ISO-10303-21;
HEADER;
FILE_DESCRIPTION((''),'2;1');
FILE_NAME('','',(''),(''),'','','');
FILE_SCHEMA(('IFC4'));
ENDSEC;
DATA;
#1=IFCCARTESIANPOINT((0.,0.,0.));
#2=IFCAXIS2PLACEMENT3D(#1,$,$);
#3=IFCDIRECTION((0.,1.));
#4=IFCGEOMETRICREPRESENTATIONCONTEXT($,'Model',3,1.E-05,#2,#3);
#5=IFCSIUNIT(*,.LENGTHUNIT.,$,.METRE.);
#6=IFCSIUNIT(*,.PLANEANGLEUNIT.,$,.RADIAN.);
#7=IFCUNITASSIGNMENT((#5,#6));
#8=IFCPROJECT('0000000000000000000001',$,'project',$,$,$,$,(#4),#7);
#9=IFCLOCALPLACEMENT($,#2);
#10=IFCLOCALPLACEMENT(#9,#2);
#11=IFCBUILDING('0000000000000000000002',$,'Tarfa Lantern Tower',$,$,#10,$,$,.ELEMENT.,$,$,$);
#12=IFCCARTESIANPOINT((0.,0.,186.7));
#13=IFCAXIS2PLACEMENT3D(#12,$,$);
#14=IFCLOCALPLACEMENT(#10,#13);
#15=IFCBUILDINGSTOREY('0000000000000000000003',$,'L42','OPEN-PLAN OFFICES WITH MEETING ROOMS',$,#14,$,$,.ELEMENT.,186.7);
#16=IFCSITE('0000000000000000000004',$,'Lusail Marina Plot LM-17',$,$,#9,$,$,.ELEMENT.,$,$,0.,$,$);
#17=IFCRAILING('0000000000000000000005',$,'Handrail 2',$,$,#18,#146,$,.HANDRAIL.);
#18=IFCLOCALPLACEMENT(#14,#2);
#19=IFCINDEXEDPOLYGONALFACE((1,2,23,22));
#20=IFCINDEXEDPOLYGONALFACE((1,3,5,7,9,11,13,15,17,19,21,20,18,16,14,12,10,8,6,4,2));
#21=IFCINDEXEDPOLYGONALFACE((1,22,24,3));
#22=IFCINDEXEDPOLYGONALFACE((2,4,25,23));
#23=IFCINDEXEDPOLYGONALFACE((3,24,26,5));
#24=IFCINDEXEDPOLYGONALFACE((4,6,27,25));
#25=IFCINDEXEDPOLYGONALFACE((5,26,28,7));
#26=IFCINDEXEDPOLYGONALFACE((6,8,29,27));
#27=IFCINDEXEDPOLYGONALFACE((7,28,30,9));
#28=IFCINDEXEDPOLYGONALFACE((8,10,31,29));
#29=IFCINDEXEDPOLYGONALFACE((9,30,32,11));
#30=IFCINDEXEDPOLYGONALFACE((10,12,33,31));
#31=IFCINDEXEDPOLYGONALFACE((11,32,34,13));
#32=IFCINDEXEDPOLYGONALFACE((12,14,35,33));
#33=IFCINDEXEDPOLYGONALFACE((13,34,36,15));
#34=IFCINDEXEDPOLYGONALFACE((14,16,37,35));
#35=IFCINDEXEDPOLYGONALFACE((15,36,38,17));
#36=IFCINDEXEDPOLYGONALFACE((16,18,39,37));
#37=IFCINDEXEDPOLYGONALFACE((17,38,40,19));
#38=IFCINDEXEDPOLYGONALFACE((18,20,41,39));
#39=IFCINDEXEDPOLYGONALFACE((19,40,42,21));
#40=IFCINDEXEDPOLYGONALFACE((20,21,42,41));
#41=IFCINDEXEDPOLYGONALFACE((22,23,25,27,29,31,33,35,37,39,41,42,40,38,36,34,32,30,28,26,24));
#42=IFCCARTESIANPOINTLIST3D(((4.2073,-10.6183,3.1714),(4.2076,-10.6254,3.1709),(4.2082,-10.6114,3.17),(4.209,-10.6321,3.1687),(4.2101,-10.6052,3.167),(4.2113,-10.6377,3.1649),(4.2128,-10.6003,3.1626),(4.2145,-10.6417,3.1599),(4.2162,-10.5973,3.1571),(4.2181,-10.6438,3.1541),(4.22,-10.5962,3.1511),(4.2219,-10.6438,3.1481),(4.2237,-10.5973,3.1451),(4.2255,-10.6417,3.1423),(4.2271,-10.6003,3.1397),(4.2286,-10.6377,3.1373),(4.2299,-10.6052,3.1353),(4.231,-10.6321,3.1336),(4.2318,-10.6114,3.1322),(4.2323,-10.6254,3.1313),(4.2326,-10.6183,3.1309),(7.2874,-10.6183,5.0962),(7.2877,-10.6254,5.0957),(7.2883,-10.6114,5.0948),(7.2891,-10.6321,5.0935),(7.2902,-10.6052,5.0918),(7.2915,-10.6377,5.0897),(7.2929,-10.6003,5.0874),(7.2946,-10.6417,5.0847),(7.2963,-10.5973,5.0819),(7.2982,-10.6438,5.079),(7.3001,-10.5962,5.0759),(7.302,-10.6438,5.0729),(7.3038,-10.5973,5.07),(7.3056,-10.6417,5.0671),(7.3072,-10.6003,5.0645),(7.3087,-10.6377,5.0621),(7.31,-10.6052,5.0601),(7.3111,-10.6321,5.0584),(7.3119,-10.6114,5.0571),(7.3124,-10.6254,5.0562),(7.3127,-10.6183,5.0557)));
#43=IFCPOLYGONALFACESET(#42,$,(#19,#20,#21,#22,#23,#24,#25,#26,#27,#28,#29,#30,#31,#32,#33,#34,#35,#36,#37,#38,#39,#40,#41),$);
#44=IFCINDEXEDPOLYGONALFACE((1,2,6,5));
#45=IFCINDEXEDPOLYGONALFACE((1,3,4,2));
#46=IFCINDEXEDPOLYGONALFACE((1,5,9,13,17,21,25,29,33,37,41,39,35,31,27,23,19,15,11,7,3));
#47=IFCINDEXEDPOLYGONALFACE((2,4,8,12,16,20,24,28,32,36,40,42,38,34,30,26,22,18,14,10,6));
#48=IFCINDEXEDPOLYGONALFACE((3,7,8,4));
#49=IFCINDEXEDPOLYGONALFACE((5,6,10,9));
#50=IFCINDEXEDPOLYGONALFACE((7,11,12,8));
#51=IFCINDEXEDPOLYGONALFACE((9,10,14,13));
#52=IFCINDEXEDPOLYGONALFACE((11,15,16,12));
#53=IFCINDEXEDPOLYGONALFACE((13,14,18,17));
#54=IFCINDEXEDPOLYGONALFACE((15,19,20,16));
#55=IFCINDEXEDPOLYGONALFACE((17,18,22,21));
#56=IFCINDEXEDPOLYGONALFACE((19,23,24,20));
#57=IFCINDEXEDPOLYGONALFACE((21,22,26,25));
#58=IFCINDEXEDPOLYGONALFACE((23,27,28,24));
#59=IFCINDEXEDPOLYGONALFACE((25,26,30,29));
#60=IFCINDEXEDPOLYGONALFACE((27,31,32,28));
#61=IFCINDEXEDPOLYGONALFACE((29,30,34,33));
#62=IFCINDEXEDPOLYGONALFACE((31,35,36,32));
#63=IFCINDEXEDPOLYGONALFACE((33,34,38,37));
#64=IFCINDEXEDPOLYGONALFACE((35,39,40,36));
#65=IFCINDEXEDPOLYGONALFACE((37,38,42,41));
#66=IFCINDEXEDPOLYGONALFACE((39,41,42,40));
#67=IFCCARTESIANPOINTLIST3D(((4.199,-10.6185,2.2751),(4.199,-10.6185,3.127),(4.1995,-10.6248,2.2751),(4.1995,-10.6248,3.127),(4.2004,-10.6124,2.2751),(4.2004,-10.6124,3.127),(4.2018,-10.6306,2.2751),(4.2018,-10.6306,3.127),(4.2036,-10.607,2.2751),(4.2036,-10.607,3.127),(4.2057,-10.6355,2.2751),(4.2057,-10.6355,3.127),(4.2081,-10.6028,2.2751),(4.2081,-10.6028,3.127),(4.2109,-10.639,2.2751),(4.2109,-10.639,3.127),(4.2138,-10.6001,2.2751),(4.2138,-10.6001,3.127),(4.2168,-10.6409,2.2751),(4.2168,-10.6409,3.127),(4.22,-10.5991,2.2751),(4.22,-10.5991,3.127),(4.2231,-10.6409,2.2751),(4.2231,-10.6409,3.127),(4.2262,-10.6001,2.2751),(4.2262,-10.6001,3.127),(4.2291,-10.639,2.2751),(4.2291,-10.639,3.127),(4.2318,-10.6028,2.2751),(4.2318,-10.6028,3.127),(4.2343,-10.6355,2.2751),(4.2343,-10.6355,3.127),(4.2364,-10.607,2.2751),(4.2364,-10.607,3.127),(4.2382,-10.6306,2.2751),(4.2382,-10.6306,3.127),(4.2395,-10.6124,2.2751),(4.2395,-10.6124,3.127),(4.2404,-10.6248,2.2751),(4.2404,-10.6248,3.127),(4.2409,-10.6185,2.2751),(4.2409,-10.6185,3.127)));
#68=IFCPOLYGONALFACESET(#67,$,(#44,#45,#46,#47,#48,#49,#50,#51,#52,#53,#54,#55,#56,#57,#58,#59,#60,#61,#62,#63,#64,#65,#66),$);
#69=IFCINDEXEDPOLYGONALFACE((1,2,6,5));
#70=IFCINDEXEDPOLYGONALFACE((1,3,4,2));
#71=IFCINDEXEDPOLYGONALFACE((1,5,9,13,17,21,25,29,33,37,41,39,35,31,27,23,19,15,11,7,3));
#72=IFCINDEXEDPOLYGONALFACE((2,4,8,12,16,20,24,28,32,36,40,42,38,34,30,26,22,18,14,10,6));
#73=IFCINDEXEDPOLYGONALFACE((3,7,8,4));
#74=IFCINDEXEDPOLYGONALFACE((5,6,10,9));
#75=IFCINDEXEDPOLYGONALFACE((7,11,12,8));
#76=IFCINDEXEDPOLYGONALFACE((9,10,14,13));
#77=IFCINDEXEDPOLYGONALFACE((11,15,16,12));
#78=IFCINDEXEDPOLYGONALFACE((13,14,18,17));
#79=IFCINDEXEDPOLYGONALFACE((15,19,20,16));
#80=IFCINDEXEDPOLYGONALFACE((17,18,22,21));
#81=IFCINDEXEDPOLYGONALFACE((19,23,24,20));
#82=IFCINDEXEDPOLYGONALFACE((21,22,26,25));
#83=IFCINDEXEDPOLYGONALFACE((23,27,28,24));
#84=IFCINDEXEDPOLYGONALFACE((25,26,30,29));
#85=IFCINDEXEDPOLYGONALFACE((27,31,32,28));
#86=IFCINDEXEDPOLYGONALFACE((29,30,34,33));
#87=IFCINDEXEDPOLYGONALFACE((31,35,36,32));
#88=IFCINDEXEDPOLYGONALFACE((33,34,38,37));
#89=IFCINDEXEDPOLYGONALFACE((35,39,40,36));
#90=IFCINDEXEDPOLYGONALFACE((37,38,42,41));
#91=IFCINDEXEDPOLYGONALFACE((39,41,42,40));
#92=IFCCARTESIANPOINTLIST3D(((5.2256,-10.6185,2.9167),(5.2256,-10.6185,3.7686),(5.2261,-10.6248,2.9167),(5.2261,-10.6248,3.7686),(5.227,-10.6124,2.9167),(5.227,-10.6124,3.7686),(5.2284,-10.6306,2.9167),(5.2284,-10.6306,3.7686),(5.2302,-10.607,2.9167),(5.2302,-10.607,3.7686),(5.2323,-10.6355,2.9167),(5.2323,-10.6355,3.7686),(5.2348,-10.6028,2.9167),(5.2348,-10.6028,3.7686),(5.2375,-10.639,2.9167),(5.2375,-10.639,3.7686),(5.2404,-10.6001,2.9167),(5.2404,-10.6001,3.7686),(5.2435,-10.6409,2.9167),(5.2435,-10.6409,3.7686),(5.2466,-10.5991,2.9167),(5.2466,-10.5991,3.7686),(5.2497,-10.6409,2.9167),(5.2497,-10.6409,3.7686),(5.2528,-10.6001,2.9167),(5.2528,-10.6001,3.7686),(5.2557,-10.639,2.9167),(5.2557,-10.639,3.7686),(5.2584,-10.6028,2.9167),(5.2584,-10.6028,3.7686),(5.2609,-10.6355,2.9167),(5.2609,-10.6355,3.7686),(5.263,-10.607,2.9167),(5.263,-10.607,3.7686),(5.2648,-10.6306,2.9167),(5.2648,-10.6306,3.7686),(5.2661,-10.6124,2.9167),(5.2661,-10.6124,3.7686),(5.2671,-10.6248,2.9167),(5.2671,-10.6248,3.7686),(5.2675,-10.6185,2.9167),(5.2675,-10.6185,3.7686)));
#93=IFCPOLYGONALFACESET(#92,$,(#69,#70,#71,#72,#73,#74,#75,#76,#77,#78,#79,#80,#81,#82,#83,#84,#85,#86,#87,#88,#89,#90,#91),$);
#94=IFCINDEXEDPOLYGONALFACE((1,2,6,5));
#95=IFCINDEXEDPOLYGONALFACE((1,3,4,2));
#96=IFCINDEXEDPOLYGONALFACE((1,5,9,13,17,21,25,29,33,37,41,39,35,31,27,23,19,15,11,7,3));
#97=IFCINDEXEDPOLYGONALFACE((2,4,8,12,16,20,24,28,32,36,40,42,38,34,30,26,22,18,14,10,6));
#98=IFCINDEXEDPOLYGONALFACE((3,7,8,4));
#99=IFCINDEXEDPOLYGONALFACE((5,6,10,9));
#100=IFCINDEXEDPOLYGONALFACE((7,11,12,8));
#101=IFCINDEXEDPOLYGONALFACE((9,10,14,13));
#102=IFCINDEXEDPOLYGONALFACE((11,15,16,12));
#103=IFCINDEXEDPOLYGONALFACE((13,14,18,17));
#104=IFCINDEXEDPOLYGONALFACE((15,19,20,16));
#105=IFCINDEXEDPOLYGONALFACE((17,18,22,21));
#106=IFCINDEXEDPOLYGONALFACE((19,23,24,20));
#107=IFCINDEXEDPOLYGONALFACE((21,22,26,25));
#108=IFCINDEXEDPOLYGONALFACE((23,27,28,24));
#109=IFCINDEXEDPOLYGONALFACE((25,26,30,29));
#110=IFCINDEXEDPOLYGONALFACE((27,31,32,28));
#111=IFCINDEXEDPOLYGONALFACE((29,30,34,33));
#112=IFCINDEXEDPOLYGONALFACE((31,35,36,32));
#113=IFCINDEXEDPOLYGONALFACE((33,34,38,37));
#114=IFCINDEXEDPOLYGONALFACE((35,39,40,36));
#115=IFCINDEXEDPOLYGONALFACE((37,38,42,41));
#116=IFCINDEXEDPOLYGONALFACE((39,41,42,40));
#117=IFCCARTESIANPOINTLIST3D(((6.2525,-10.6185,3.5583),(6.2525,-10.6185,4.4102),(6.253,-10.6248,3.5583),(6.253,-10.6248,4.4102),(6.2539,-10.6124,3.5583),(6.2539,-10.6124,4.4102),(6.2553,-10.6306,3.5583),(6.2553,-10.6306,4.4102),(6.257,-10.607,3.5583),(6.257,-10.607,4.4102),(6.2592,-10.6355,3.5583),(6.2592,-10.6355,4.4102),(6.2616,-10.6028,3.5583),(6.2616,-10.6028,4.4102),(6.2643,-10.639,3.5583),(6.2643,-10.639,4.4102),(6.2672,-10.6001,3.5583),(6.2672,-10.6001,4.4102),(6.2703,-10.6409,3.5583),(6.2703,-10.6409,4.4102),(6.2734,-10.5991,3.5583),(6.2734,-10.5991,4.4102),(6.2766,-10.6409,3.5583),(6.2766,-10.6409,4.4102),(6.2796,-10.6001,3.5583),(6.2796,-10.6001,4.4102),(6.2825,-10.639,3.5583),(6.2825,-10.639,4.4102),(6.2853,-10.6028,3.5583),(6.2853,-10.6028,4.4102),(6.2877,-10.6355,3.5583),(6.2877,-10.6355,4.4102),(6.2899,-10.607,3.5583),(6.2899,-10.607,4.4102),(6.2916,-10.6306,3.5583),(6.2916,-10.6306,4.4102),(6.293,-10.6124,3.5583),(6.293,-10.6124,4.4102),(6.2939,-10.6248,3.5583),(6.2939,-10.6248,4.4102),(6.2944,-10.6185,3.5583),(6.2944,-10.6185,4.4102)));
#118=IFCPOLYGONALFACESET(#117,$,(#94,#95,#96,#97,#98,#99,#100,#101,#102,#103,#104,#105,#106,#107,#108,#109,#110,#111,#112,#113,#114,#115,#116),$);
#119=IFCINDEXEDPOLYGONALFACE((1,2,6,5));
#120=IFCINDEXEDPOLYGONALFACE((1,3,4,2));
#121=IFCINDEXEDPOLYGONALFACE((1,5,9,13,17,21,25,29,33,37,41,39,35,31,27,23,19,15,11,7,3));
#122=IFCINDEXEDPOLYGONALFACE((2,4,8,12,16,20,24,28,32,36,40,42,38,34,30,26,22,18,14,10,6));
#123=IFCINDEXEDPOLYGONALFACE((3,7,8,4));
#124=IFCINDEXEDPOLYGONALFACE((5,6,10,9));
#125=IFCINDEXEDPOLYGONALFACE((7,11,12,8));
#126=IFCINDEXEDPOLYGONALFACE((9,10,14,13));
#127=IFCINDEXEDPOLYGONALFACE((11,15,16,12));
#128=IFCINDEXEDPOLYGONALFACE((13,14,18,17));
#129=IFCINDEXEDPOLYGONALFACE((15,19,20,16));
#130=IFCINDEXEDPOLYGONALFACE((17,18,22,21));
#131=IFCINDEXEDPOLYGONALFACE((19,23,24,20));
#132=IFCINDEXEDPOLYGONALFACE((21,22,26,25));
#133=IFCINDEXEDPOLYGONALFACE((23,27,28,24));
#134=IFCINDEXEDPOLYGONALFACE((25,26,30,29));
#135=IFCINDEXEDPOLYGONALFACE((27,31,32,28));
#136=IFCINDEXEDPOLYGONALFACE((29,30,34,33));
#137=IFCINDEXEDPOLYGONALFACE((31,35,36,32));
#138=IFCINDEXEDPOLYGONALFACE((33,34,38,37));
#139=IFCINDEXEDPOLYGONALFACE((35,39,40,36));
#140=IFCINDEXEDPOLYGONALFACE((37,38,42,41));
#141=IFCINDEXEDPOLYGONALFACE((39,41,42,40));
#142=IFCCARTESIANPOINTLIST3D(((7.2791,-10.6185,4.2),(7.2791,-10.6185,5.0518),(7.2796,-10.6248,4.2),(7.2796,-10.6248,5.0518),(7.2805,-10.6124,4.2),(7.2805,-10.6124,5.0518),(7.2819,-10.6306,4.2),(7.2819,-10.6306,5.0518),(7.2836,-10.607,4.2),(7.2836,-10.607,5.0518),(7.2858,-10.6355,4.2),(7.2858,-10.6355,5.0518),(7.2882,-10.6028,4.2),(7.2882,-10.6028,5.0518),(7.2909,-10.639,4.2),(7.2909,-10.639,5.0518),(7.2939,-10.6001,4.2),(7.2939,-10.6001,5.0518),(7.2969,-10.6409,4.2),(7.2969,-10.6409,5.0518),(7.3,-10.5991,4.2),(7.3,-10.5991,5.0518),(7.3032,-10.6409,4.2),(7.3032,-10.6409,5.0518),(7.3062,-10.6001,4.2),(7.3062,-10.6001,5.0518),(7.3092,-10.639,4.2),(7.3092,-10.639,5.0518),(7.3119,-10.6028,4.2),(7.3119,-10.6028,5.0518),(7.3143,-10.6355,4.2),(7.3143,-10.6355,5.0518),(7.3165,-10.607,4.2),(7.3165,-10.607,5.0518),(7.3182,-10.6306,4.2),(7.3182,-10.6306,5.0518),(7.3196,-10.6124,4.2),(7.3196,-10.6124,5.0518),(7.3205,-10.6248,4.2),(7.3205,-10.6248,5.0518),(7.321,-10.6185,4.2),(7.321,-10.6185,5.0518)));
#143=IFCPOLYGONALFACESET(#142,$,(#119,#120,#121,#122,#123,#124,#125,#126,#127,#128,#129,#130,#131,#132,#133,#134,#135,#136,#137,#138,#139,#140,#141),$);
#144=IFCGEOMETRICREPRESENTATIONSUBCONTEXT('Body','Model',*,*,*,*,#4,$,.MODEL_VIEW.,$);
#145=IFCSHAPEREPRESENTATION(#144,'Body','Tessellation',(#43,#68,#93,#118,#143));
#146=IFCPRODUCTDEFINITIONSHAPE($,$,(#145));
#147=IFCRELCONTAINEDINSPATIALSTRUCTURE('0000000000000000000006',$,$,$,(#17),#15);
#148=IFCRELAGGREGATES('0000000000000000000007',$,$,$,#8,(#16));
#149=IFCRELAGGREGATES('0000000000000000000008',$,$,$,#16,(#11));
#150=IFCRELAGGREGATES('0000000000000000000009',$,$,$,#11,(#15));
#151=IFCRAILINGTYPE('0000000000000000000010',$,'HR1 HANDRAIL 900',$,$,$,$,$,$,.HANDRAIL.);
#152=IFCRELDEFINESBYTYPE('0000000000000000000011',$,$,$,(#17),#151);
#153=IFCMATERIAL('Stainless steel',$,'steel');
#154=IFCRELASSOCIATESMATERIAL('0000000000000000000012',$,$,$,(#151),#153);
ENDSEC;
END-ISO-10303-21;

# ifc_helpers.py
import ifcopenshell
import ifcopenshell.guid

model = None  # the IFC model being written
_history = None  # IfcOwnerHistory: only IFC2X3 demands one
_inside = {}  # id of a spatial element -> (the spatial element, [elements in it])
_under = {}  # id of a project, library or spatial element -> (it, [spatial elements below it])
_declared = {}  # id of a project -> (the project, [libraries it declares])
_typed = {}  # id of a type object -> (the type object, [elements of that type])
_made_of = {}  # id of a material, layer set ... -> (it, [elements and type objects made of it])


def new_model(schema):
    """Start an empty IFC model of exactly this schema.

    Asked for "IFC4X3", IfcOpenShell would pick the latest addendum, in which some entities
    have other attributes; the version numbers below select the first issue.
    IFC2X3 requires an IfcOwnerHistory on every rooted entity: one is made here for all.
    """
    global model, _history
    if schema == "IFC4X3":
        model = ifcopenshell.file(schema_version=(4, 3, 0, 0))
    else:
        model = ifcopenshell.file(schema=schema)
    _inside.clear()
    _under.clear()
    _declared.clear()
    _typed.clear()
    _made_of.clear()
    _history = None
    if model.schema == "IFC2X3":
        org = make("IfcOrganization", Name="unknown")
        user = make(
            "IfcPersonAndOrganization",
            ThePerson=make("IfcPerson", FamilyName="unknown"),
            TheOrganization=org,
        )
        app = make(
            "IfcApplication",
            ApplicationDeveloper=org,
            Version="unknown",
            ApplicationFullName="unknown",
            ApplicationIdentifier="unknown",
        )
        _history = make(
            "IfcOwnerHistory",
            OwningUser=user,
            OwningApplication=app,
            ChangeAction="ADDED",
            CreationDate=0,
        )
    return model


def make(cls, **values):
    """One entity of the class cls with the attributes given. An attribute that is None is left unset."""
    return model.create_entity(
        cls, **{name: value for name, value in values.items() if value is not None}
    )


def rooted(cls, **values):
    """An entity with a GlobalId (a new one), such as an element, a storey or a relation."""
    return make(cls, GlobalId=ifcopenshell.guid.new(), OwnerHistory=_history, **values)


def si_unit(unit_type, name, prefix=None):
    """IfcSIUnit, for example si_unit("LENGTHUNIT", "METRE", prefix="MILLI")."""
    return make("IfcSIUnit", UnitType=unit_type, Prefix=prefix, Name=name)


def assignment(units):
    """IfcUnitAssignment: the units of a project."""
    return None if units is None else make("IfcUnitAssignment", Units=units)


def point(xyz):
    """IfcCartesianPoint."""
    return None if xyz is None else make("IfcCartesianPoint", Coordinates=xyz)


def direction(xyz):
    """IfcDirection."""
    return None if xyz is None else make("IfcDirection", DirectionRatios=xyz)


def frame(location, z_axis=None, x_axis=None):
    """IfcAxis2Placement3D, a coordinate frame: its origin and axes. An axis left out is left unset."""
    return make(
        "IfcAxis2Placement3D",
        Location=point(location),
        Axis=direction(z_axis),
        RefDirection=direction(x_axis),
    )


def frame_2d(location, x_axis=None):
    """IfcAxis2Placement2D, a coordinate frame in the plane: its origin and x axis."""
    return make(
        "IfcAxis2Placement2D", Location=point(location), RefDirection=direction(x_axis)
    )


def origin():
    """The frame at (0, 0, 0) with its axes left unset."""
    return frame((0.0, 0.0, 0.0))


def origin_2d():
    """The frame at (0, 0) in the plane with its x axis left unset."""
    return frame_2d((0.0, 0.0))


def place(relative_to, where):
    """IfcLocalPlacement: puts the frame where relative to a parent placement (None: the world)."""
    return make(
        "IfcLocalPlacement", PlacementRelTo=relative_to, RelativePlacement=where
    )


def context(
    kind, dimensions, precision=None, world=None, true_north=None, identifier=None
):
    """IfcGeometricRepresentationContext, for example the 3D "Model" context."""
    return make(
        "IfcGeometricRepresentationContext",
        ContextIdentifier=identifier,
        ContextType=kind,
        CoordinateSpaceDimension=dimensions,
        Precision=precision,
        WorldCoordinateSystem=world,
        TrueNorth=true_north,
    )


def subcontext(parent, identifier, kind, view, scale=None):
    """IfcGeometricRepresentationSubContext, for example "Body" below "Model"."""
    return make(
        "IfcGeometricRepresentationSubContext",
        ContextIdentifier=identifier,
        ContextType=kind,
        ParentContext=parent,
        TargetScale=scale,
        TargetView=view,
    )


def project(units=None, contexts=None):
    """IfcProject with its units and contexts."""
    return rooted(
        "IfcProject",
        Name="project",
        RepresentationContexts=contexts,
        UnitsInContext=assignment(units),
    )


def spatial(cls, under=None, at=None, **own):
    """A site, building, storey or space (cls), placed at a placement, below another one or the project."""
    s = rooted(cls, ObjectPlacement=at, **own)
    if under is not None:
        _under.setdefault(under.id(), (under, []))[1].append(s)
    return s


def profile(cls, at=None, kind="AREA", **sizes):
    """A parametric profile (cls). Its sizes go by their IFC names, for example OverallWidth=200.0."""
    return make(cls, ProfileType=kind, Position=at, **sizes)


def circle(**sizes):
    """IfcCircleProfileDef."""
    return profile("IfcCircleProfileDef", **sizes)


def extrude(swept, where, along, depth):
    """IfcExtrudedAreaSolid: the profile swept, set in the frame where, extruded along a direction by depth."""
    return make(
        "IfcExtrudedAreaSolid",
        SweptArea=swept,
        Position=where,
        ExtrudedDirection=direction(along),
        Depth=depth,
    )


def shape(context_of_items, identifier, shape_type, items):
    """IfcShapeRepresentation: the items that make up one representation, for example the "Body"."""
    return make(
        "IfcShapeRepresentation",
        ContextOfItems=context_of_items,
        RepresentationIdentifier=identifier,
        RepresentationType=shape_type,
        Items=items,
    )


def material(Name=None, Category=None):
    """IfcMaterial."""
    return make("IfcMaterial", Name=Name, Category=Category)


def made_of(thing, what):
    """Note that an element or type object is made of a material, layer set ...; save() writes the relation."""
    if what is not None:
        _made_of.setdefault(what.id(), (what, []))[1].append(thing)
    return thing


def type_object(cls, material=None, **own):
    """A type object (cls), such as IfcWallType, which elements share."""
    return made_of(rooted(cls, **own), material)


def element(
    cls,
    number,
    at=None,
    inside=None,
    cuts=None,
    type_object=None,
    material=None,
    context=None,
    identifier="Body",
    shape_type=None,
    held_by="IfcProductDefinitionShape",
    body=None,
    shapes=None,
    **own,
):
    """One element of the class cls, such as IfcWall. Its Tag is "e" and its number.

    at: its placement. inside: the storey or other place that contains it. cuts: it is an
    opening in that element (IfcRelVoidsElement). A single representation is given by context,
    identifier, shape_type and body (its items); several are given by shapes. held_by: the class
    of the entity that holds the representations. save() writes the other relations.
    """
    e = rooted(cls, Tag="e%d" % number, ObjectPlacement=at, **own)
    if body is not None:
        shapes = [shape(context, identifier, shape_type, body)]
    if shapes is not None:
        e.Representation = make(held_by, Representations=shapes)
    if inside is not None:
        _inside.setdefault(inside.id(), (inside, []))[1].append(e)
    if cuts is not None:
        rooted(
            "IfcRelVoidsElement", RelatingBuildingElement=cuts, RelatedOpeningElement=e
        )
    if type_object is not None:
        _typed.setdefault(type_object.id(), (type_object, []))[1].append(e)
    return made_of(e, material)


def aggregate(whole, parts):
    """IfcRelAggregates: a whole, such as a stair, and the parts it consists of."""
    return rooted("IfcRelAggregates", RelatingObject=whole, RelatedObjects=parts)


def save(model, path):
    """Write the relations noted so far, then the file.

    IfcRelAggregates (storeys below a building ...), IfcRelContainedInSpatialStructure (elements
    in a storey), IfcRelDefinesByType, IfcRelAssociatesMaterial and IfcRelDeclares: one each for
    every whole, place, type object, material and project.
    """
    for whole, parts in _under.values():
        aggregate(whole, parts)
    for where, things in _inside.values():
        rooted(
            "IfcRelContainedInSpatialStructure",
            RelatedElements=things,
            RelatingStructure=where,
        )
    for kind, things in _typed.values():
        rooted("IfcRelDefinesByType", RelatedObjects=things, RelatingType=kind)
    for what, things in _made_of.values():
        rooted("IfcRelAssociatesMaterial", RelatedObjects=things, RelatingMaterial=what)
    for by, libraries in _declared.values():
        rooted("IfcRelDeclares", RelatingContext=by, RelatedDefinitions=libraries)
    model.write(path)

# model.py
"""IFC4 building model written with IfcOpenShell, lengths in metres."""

from ifc_helpers import new_model, si_unit, direction, frame, origin, origin_2d, place, context, subcontext, project, spatial, circle, extrude, material, type_object, element, save


model = new_model("IFC4")

# Units and contexts
model_context = context("Model", 3, precision=1e-05, world=origin(), true_north=direction((0.0, 1.0)))
body_context = subcontext(model_context, "Body", "Model", "MODEL_VIEW")
ifc_project = project(units=[si_unit("LENGTHUNIT", "METRE"), si_unit("PLANEANGLEUNIT", "RADIAN")], contexts=[model_context])

# Site, building, storey
site_placement = place(None, origin())
site = spatial("IfcSite", under=ifc_project, at=site_placement, Name="Lusail Marina Plot LM-17", CompositionType="ELEMENT", RefElevation=0.0)
building_placement = place(site_placement, origin())
building = spatial("IfcBuilding", under=site, at=building_placement, Name="Tarfa Lantern Tower", CompositionType="ELEMENT")
storey_placement = place(building_placement, frame((0.0, 0.0, 186.7)))
storey = spatial("IfcBuildingStorey", under=building, at=storey_placement, Name="L42", Description="OPEN-PLAN OFFICES WITH MEETING ROOMS", CompositionType="ELEMENT", Elevation=186.7)

# Railing
ifc_material_1 = material(Name="Stainless steel", Category="steel")
railing_type = type_object("IfcRailingType", Name="HR1 HANDRAIL 900", PredefinedType="HANDRAIL", material=ifc_material_1)
railing_1_placement = place(storey_placement, frame((4.22, -10.6201, 2.2751)))
element("IfcRailing", 1, at=railing_1_placement, inside=storey, type_object=railing_type, Name="Handrail 2", PredefinedType="HANDRAIL", context=body_context, shape_type="SweptSolid", body=[
    extrude(circle(Radius=0.0239, at=origin_2d()), frame((0.0, 0.0, 0.876), z_axis=(0.848029, 0.0, 0.529951), x_axis=(0.0, 1.0, 0.0)), (0.0, 0.0, 1.0), 3.6321),
    extrude(circle(Radius=0.021, at=origin_2d()), frame((0.0, 0.0, 0.0), z_axis=(0.0, 0.0, 1.0), x_axis=(0.0, 1.0, 0.0)), (0.0, 0.0, 1.0), 0.8518),
    extrude(circle(Radius=0.021, at=origin_2d()), frame((1.0266, 0.0, 0.6416), z_axis=(0.0, 0.0, 1.0), x_axis=(0.0, 1.0, 0.0)), (0.0, 0.0, 1.0), 0.8518),
    extrude(circle(Radius=0.021, at=origin_2d()), frame((2.0535, 0.0, 1.2832), z_axis=(0.0, 0.0, 1.0), x_axis=(0.0, 1.0, 0.0)), (0.0, 0.0, 1.0), 0.8518),
    extrude(circle(Radius=0.021, at=origin_2d()), frame((3.0801, 0.0, 1.9248), z_axis=(0.0, 0.0, 1.0), x_axis=(0.0, 1.0, 0.0)), (0.0, 0.0, 1.0), 0.8518),
])

save(model, "model.ifc")
